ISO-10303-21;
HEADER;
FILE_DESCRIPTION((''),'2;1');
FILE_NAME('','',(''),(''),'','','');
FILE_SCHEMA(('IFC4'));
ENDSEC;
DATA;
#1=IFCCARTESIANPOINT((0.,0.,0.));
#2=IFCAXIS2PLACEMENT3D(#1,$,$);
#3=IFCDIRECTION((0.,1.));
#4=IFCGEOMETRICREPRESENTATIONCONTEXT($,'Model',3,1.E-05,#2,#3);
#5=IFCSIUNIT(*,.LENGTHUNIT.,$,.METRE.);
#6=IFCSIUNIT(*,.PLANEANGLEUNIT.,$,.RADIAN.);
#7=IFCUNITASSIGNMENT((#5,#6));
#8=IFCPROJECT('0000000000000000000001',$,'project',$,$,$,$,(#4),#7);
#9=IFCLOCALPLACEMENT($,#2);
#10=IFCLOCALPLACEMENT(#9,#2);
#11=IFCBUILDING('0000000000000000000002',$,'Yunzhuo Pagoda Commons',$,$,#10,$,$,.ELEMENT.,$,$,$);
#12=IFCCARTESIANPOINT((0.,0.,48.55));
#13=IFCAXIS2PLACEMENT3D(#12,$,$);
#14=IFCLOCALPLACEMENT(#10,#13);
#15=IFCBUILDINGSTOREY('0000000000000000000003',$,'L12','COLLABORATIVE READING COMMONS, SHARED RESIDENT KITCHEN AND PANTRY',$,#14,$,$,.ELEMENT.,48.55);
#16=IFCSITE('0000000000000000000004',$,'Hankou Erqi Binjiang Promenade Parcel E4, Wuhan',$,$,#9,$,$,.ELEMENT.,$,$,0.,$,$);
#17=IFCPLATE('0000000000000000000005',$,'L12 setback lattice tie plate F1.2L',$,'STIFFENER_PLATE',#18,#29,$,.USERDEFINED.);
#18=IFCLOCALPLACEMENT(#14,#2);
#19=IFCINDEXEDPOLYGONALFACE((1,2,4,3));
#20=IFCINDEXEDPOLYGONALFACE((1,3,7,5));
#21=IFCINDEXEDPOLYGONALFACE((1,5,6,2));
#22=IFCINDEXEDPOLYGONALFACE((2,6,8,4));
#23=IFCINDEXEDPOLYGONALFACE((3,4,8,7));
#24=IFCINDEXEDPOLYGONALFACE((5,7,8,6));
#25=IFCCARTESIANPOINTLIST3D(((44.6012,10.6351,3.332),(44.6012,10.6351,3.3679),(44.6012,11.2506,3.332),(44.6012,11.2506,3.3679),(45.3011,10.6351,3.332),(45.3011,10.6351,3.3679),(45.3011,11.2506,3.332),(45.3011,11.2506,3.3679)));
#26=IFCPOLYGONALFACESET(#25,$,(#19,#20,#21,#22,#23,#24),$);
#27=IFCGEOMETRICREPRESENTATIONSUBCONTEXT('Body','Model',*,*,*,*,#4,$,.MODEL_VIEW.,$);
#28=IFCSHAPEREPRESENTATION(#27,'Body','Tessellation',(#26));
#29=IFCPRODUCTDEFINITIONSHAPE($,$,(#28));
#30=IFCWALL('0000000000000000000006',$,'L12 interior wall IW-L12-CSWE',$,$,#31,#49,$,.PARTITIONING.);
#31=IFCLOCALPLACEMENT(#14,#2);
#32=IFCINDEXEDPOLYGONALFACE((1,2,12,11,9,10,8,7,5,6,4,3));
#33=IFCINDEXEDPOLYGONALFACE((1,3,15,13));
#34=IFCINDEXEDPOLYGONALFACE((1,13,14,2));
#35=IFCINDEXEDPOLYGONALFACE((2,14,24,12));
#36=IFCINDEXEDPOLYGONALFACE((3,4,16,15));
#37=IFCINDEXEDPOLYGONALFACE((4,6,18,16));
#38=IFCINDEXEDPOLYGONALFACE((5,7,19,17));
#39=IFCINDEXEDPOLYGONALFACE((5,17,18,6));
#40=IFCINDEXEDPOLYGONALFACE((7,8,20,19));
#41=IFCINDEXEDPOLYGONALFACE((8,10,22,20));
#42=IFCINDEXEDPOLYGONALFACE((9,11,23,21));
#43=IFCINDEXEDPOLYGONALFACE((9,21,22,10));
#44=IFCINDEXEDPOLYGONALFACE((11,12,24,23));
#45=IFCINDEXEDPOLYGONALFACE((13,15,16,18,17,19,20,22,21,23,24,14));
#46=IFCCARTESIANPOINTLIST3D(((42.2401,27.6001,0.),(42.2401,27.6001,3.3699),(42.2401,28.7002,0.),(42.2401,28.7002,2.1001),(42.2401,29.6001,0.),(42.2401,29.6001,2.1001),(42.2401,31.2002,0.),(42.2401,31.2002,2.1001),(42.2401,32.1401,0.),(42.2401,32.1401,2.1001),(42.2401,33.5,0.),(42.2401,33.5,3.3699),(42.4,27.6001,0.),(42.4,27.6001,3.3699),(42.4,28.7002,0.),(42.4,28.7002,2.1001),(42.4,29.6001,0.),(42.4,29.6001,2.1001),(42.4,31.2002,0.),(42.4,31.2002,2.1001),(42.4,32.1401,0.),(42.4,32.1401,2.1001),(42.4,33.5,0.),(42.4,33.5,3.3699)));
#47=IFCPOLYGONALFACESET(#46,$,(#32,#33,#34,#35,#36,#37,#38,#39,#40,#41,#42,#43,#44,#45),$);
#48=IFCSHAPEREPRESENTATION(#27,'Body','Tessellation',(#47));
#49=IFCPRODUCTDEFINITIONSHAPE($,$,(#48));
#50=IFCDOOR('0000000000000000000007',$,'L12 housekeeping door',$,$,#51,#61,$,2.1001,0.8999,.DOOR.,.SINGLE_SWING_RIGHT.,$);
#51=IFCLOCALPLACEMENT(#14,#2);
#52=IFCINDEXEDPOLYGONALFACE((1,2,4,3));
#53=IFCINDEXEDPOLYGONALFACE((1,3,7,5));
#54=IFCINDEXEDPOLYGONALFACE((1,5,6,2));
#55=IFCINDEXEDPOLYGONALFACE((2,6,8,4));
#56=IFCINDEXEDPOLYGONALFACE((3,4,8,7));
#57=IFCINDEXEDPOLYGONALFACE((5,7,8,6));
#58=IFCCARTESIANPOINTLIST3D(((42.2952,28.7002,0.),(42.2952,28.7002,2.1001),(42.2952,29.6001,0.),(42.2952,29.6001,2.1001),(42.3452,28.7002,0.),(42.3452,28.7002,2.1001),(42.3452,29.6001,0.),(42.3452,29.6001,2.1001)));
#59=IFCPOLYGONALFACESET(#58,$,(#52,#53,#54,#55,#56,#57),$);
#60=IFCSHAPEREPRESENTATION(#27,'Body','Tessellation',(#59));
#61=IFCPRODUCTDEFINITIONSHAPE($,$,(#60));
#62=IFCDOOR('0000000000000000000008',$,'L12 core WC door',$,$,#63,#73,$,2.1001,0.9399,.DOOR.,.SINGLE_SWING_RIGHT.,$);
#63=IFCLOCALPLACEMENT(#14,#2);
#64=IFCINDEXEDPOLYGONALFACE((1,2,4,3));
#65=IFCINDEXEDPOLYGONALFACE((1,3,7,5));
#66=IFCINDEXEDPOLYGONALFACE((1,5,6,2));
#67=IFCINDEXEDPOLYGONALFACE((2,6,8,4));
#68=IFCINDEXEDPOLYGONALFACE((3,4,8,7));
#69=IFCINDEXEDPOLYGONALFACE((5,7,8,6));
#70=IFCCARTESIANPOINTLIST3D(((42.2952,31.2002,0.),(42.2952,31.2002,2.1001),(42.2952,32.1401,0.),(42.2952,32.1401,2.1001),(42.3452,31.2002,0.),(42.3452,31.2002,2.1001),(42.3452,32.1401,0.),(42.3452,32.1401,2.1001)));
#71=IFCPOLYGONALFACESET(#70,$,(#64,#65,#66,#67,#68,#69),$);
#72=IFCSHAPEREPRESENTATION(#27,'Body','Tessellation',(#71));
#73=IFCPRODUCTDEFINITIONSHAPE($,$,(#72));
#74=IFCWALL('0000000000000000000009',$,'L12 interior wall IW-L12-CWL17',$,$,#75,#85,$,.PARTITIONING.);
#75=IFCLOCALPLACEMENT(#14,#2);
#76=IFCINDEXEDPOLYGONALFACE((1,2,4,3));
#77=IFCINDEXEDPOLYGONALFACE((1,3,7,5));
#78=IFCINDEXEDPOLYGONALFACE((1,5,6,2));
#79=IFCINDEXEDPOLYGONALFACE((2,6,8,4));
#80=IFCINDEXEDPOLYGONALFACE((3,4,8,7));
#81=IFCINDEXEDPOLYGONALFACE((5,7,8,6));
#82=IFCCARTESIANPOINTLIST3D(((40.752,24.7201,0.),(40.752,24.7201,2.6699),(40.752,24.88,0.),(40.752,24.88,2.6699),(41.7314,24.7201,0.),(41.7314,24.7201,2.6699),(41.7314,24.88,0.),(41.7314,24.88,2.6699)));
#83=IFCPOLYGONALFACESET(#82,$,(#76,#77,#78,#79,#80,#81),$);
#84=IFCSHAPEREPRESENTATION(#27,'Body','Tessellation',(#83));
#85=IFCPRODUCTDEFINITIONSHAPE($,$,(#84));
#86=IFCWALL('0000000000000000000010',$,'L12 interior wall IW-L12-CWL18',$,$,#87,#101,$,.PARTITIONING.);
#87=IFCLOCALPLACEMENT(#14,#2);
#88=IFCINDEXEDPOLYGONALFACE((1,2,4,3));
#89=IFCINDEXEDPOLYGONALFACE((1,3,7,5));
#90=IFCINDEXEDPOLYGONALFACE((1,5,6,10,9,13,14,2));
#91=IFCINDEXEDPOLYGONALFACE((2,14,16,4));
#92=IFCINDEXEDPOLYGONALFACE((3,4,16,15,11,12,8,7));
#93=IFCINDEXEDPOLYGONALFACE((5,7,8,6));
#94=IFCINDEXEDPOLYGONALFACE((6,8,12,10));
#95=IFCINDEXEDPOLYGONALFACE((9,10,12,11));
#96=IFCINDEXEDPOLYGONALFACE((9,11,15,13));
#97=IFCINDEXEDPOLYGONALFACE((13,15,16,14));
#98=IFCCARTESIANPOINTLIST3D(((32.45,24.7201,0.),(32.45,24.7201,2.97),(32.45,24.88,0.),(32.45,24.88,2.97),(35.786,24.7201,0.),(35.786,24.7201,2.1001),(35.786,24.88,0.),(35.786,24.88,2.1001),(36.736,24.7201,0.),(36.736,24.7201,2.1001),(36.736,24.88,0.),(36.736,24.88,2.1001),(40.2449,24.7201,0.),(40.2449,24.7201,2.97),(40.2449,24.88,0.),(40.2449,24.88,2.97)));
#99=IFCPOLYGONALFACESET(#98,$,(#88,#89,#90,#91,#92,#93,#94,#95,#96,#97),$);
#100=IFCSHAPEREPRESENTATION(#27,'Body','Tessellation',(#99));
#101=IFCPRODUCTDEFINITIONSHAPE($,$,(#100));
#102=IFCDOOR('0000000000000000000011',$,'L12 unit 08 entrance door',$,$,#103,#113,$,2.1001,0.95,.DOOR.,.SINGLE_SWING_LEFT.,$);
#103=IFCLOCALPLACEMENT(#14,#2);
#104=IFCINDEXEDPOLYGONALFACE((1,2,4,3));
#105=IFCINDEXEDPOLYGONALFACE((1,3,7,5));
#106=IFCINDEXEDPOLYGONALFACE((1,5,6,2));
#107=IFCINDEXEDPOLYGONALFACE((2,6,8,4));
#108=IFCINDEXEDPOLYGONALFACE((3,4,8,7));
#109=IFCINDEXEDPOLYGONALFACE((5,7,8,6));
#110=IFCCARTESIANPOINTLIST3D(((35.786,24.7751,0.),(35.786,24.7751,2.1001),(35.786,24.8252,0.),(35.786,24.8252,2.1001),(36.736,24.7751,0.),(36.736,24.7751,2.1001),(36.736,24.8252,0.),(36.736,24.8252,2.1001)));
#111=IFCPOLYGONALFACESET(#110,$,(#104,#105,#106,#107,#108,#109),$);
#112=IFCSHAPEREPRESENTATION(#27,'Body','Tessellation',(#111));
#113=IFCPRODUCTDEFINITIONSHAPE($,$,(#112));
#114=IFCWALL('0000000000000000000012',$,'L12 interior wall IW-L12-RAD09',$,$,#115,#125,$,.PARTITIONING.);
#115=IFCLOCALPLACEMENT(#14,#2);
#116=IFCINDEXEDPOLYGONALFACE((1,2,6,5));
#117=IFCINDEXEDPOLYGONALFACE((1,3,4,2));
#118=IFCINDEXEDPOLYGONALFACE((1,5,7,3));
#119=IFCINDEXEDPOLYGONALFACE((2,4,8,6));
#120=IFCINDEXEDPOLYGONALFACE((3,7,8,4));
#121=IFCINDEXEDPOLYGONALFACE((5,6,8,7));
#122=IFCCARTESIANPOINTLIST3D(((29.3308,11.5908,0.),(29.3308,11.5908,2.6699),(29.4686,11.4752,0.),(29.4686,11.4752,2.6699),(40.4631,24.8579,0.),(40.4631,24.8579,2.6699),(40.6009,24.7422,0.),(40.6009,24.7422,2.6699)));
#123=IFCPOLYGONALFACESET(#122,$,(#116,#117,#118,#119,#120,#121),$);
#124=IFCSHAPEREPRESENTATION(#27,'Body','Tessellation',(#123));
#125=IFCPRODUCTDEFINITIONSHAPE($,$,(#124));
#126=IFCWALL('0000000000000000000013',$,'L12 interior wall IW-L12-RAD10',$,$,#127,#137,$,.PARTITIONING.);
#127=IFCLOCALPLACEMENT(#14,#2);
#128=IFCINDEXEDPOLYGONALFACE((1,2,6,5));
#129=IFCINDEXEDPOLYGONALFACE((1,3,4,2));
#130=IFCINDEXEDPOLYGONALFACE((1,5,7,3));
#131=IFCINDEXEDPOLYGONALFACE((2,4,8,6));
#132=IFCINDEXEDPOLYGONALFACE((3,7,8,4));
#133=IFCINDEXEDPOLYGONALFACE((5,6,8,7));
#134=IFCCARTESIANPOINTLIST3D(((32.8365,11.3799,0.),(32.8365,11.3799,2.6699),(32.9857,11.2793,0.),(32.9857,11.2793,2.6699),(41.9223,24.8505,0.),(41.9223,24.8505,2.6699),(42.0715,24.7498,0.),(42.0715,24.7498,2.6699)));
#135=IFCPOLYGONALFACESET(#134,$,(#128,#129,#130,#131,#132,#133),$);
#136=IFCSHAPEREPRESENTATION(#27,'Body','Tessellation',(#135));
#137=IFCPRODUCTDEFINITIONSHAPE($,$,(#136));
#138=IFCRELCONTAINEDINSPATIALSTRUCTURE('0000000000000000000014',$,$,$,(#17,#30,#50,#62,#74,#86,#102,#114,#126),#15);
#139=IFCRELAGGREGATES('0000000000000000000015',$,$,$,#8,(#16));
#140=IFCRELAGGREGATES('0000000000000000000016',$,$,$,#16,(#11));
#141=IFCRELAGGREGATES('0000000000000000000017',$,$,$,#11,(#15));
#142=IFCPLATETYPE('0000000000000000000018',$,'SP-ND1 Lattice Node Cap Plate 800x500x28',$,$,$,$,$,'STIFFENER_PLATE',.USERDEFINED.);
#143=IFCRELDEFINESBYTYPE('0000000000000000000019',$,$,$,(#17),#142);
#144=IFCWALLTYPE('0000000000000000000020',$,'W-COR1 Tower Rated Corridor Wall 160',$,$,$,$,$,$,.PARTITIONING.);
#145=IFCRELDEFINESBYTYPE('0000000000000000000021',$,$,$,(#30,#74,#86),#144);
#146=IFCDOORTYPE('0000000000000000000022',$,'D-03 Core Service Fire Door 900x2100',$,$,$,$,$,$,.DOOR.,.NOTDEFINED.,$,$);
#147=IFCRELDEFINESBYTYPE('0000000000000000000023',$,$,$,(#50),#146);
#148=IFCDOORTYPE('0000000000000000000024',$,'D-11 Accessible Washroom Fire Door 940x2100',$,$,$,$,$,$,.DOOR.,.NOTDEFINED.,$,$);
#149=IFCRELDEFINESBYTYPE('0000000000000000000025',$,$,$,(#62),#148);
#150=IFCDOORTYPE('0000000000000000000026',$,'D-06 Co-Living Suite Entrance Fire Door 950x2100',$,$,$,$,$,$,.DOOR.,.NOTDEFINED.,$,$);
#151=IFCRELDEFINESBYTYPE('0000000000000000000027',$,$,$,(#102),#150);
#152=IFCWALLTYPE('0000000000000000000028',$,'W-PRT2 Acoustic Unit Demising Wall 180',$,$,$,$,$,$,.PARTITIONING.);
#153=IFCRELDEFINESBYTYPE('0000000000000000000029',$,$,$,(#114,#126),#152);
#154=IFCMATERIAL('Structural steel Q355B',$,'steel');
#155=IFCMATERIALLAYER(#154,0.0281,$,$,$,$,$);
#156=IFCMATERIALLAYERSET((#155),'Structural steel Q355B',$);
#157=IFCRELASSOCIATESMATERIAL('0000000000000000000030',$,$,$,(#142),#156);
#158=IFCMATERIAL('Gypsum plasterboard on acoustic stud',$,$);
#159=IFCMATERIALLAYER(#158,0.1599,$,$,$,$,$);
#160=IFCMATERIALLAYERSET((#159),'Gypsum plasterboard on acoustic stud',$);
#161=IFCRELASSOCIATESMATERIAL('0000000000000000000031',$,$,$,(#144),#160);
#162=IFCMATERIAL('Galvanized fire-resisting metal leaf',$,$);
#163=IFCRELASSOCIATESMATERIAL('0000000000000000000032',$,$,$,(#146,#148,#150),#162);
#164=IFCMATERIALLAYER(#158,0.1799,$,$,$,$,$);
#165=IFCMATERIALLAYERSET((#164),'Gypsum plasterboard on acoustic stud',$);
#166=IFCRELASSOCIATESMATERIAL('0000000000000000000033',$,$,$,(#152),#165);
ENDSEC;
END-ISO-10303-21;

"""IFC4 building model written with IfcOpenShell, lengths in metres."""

from ifc_helpers import new_model, si_unit, direction, frame, frame_2d, origin, origin_with_axes, origin_2d, place, context, subcontext, project, spatial, rectangle, extrude, source, transform, mapped, material, layer, layer_set, type_object, element, fill, save


model = new_model("IFC4")

# Units and contexts
model_context = context("Model", 3, precision=1e-05, world=origin(), true_north=direction((0.0, 1.0)))
body_context = subcontext(model_context, "Body", "Model", "MODEL_VIEW")
ifc_project = project(units=[si_unit("LENGTHUNIT", "METRE"), si_unit("PLANEANGLEUNIT", "RADIAN")], contexts=[model_context])

# Site, building, storey
site_placement = place(None, origin())
site = spatial("IfcSite", under=ifc_project, at=site_placement, Name="Hankou Erqi Binjiang Promenade Parcel E4, Wuhan", CompositionType="ELEMENT", RefElevation=0.0)
building_placement = place(site_placement, origin())
building = spatial("IfcBuilding", under=site, at=building_placement, Name="Yunzhuo Pagoda Commons", CompositionType="ELEMENT")
storey_placement = place(building_placement, frame((0.0, 0.0, 48.55)))
storey = spatial("IfcBuildingStorey", under=building, at=storey_placement, Name="L12", Description="COLLABORATIVE READING COMMONS, SHARED RESIDENT KITCHEN AND PANTRY", CompositionType="ELEMENT", Elevation=48.55)

# Shared definitions
ifc_material_1 = material(Name="Structural steel Q355B", Category="steel")

# Plate
ifc_layer_1 = layer(ifc_material_1, 0.0281)
ifc_layer_set_1 = layer_set([ifc_layer_1], Name="Structural steel Q355B")
plate_type_1 = type_object("IfcPlateType", Name="SP-ND1 Lattice Node Cap Plate 800x500x28", ElementType="STIFFENER_PLATE", PredefinedType="USERDEFINED", material=ifc_layer_set_1)
shared_shape_1 = source(origin(), body_context, "Body", "SweptSolid", [
    extrude(rectangle(XDim=0.7, YDim=0.6155, at=origin_2d()), origin(), (0.0, 0.0, 1.0), 0.0359),
])
plate_1_placement = place(storey_placement, frame((44.9512, 10.9429, 3.332), z_axis=(0.0, 0.0, 1.0), x_axis=(1.0, 0.0, 0.0)))
element("IfcPlate", 1, at=plate_1_placement, inside=storey, type_object=plate_type_1, Name="L12 setback lattice tie plate F1.2L", ObjectType="STIFFENER_PLATE", PredefinedType="USERDEFINED", context=body_context, shape_type="MappedRepresentation", body=[
    mapped(shared_shape_1, transform((0.0, 0.0, 0.0), scale=1.0)),
])

# Wall, openings, doors
ifc_material_2 = material(Name="Gypsum plasterboard on acoustic stud")
ifc_layer_2 = layer(ifc_material_2, 0.1599)
ifc_layer_set_2 = layer_set([ifc_layer_2], Name="Gypsum plasterboard on acoustic stud")
wall_type_1 = type_object("IfcWallType", Name="W-COR1 Tower Rated Corridor Wall 160", PredefinedType="PARTITIONING", material=ifc_layer_set_2)
wall_1_placement = place(storey_placement, frame((42.3201, 27.6001, 0.0), z_axis=(0.0, 0.0, 1.0), x_axis=(0.0, 1.0, 0.0)))
wall_1 = element("IfcWall", 2, at=wall_1_placement, inside=storey, type_object=wall_type_1, Name="L12 interior wall IW-L12-CSWE", PredefinedType="PARTITIONING", context=body_context, shape_type="SweptSolid", body=[
    extrude(rectangle(XDim=5.8999, YDim=0.1599, at=frame_2d((2.95, 0.0))), origin(), (0.0, 0.0, 1.0), 3.3699),
])
opening_1_placement = place(wall_1_placement, frame((1.1001, 0.0, 0.0)))
opening_1 = element("IfcOpeningElement", 3, at=opening_1_placement, cuts=wall_1, PredefinedType="OPENING", context=body_context, shape_type="SweptSolid", body=[
    extrude(rectangle(XDim=0.8999, YDim=2.1001, at=frame_2d((0.45, 1.05))), frame((0.0, 0.0898, 0.0), z_axis=(0.0, -1.0, 0.0), x_axis=(1.0, 0.0, 0.0)), (0.0, 0.0, 1.0), 0.1799),
])
opening_2_placement = place(wall_1_placement, frame((3.6001, 0.0, 0.0)))
opening_2 = element("IfcOpeningElement", 4, at=opening_2_placement, cuts=wall_1, PredefinedType="OPENING", context=body_context, shape_type="SweptSolid", body=[
    extrude(rectangle(XDim=0.9399, YDim=2.1001, at=frame_2d((0.47, 1.05))), frame((0.0, 0.0898, 0.0), z_axis=(0.0, -1.0, 0.0), x_axis=(1.0, 0.0, 0.0)), (0.0, 0.0, 1.0), 0.1799),
])
ifc_material_3 = material(Name="Galvanized fire-resisting metal leaf")
door_type_1 = type_object("IfcDoorType", Name="D-03 Core Service Fire Door 900x2100", OperationType="NOTDEFINED", PredefinedType="DOOR", material=ifc_material_3)
shared_shape_2 = source(origin(), body_context, "Body", "SweptSolid", [
    extrude(rectangle(XDim=0.8999, YDim=2.1001, at=frame_2d((0.45, 1.05))), frame((0.0, 0.0249, 0.0), z_axis=(0.0, -1.0, 0.0), x_axis=(1.0, 0.0, 0.0)), (0.0, 0.0, 1.0), 0.05),
])
door_1_placement = place(opening_1_placement, origin_with_axes())
door_1 = element("IfcDoor", 5, at=door_1_placement, inside=storey, type_object=door_type_1, Name="L12 housekeeping door", OperationType="SINGLE_SWING_RIGHT", OverallHeight=2.1001, OverallWidth=0.8999, PredefinedType="DOOR", context=body_context, shape_type="MappedRepresentation", body=[
    mapped(shared_shape_2, transform((0.0, 0.0, 0.0), scale=1.0)),
])
fill(opening_1, door_1)
door_type_2 = type_object("IfcDoorType", Name="D-11 Accessible Washroom Fire Door 940x2100", OperationType="NOTDEFINED", PredefinedType="DOOR", material=ifc_material_3)
shared_shape_3 = source(origin(), body_context, "Body", "SweptSolid", [
    extrude(rectangle(XDim=0.9399, YDim=2.1001, at=frame_2d((0.47, 1.05))), frame((0.0, 0.0249, 0.0), z_axis=(0.0, -1.0, 0.0), x_axis=(1.0, 0.0, 0.0)), (0.0, 0.0, 1.0), 0.05),
])
door_2_placement = place(opening_2_placement, origin_with_axes())
door_2 = element("IfcDoor", 6, at=door_2_placement, inside=storey, type_object=door_type_2, Name="L12 core WC door", OperationType="SINGLE_SWING_RIGHT", OverallHeight=2.1001, OverallWidth=0.9399, PredefinedType="DOOR", context=body_context, shape_type="MappedRepresentation", body=[
    mapped(shared_shape_3, transform((0.0, 0.0, 0.0), scale=1.0)),
])
fill(opening_2, door_2)

# Wall
wall_2_placement = place(storey_placement, frame((41.7314, 24.8, 0.0), z_axis=(0.0, 0.0, 1.0), x_axis=(-1.0, 0.0, 0.0)))
element("IfcWall", 7, at=wall_2_placement, inside=storey, type_object=wall_type_1, Name="L12 interior wall IW-L12-CWL17", PredefinedType="PARTITIONING", context=body_context, shape_type="SweptSolid", body=[
    extrude(rectangle(XDim=0.9795, YDim=0.1599, at=frame_2d((0.4897, 0.0))), origin(), (0.0, 0.0, 1.0), 2.6699),
])

# Wall, opening, door
wall_3_placement = place(storey_placement, frame((40.2449, 24.8, 0.0), z_axis=(0.0, 0.0, 1.0), x_axis=(-1.0, 0.0, 0.0)))
wall_3 = element("IfcWall", 8, at=wall_3_placement, inside=storey, type_object=wall_type_1, Name="L12 interior wall IW-L12-CWL18", PredefinedType="PARTITIONING", context=body_context, shape_type="SweptSolid", body=[
    extrude(rectangle(XDim=7.7949, YDim=0.1599, at=frame_2d((3.8975, 0.0))), origin(), (0.0, 0.0, 1.0), 2.97),
])
opening_3_placement = place(wall_3_placement, frame((3.5088, 0.0, 0.0)))
opening_3 = element("IfcOpeningElement", 9, at=opening_3_placement, cuts=wall_3, PredefinedType="OPENING", context=body_context, shape_type="SweptSolid", body=[
    extrude(rectangle(XDim=0.95, YDim=2.1001, at=frame_2d((0.4751, 1.05))), frame((0.0, 0.0898, 0.0), z_axis=(0.0, -1.0, 0.0), x_axis=(1.0, 0.0, 0.0)), (0.0, 0.0, 1.0), 0.1799),
])
door_type_3 = type_object("IfcDoorType", Name="D-06 Co-Living Suite Entrance Fire Door 950x2100", OperationType="NOTDEFINED", PredefinedType="DOOR", material=ifc_material_3)
shared_shape_4 = source(origin(), body_context, "Body", "SweptSolid", [
    extrude(rectangle(XDim=0.95, YDim=2.1001, at=frame_2d((0.4751, 1.05))), frame((0.0, 0.0249, 0.0), z_axis=(0.0, -1.0, 0.0), x_axis=(1.0, 0.0, 0.0)), (0.0, 0.0, 1.0), 0.05),
])
door_3_placement = place(opening_3_placement, origin_with_axes())
door_3 = element("IfcDoor", 10, at=door_3_placement, inside=storey, type_object=door_type_3, Name="L12 unit 08 entrance door", OperationType="SINGLE_SWING_LEFT", OverallHeight=2.1001, OverallWidth=0.95, PredefinedType="DOOR", context=body_context, shape_type="MappedRepresentation", body=[
    mapped(shared_shape_4, transform((0.0, 0.0, 0.0), scale=1.0)),
])
fill(opening_3, door_3)

# Walls
ifc_layer_3 = layer(ifc_material_2, 0.1799)
ifc_layer_set_3 = layer_set([ifc_layer_3], Name="Gypsum plasterboard on acoustic stud")
wall_type_2 = type_object("IfcWallType", Name="W-PRT2 Acoustic Unit Demising Wall 180", PredefinedType="PARTITIONING", material=ifc_layer_set_3)
wall_4_placement = place(storey_placement, frame((40.532, 24.8, 0.0), z_axis=(0.0, 0.0, 1.0), x_axis=(-0.642785, -0.766047, 0.0)))
element("IfcWall", 11, at=wall_4_placement, inside=storey, type_object=wall_type_2, Name="L12 interior wall IW-L12-RAD09", PredefinedType="PARTITIONING", context=body_context, shape_type="SweptSolid", body=[
    extrude(rectangle(XDim=17.3188, YDim=0.1799, at=frame_2d((8.6594, 0.0))), origin(), (0.0, 0.0, 1.0), 2.6699),
])
wall_5_placement = place(storey_placement, frame((41.9968, 24.8, 0.0), z_axis=(0.0, 0.0, 1.0), x_axis=(-0.559182, -0.829045, 0.0)))
element("IfcWall", 12, at=wall_5_placement, inside=storey, type_object=wall_type_2, Name="L12 interior wall IW-L12-RAD10", PredefinedType="PARTITIONING", context=body_context, shape_type="SweptSolid", body=[
    extrude(rectangle(XDim=16.2483, YDim=0.1799, at=frame_2d((8.124, 0.0))), origin(), (0.0, 0.0, 1.0), 2.6699),
])

save(model, "model.ifc")
